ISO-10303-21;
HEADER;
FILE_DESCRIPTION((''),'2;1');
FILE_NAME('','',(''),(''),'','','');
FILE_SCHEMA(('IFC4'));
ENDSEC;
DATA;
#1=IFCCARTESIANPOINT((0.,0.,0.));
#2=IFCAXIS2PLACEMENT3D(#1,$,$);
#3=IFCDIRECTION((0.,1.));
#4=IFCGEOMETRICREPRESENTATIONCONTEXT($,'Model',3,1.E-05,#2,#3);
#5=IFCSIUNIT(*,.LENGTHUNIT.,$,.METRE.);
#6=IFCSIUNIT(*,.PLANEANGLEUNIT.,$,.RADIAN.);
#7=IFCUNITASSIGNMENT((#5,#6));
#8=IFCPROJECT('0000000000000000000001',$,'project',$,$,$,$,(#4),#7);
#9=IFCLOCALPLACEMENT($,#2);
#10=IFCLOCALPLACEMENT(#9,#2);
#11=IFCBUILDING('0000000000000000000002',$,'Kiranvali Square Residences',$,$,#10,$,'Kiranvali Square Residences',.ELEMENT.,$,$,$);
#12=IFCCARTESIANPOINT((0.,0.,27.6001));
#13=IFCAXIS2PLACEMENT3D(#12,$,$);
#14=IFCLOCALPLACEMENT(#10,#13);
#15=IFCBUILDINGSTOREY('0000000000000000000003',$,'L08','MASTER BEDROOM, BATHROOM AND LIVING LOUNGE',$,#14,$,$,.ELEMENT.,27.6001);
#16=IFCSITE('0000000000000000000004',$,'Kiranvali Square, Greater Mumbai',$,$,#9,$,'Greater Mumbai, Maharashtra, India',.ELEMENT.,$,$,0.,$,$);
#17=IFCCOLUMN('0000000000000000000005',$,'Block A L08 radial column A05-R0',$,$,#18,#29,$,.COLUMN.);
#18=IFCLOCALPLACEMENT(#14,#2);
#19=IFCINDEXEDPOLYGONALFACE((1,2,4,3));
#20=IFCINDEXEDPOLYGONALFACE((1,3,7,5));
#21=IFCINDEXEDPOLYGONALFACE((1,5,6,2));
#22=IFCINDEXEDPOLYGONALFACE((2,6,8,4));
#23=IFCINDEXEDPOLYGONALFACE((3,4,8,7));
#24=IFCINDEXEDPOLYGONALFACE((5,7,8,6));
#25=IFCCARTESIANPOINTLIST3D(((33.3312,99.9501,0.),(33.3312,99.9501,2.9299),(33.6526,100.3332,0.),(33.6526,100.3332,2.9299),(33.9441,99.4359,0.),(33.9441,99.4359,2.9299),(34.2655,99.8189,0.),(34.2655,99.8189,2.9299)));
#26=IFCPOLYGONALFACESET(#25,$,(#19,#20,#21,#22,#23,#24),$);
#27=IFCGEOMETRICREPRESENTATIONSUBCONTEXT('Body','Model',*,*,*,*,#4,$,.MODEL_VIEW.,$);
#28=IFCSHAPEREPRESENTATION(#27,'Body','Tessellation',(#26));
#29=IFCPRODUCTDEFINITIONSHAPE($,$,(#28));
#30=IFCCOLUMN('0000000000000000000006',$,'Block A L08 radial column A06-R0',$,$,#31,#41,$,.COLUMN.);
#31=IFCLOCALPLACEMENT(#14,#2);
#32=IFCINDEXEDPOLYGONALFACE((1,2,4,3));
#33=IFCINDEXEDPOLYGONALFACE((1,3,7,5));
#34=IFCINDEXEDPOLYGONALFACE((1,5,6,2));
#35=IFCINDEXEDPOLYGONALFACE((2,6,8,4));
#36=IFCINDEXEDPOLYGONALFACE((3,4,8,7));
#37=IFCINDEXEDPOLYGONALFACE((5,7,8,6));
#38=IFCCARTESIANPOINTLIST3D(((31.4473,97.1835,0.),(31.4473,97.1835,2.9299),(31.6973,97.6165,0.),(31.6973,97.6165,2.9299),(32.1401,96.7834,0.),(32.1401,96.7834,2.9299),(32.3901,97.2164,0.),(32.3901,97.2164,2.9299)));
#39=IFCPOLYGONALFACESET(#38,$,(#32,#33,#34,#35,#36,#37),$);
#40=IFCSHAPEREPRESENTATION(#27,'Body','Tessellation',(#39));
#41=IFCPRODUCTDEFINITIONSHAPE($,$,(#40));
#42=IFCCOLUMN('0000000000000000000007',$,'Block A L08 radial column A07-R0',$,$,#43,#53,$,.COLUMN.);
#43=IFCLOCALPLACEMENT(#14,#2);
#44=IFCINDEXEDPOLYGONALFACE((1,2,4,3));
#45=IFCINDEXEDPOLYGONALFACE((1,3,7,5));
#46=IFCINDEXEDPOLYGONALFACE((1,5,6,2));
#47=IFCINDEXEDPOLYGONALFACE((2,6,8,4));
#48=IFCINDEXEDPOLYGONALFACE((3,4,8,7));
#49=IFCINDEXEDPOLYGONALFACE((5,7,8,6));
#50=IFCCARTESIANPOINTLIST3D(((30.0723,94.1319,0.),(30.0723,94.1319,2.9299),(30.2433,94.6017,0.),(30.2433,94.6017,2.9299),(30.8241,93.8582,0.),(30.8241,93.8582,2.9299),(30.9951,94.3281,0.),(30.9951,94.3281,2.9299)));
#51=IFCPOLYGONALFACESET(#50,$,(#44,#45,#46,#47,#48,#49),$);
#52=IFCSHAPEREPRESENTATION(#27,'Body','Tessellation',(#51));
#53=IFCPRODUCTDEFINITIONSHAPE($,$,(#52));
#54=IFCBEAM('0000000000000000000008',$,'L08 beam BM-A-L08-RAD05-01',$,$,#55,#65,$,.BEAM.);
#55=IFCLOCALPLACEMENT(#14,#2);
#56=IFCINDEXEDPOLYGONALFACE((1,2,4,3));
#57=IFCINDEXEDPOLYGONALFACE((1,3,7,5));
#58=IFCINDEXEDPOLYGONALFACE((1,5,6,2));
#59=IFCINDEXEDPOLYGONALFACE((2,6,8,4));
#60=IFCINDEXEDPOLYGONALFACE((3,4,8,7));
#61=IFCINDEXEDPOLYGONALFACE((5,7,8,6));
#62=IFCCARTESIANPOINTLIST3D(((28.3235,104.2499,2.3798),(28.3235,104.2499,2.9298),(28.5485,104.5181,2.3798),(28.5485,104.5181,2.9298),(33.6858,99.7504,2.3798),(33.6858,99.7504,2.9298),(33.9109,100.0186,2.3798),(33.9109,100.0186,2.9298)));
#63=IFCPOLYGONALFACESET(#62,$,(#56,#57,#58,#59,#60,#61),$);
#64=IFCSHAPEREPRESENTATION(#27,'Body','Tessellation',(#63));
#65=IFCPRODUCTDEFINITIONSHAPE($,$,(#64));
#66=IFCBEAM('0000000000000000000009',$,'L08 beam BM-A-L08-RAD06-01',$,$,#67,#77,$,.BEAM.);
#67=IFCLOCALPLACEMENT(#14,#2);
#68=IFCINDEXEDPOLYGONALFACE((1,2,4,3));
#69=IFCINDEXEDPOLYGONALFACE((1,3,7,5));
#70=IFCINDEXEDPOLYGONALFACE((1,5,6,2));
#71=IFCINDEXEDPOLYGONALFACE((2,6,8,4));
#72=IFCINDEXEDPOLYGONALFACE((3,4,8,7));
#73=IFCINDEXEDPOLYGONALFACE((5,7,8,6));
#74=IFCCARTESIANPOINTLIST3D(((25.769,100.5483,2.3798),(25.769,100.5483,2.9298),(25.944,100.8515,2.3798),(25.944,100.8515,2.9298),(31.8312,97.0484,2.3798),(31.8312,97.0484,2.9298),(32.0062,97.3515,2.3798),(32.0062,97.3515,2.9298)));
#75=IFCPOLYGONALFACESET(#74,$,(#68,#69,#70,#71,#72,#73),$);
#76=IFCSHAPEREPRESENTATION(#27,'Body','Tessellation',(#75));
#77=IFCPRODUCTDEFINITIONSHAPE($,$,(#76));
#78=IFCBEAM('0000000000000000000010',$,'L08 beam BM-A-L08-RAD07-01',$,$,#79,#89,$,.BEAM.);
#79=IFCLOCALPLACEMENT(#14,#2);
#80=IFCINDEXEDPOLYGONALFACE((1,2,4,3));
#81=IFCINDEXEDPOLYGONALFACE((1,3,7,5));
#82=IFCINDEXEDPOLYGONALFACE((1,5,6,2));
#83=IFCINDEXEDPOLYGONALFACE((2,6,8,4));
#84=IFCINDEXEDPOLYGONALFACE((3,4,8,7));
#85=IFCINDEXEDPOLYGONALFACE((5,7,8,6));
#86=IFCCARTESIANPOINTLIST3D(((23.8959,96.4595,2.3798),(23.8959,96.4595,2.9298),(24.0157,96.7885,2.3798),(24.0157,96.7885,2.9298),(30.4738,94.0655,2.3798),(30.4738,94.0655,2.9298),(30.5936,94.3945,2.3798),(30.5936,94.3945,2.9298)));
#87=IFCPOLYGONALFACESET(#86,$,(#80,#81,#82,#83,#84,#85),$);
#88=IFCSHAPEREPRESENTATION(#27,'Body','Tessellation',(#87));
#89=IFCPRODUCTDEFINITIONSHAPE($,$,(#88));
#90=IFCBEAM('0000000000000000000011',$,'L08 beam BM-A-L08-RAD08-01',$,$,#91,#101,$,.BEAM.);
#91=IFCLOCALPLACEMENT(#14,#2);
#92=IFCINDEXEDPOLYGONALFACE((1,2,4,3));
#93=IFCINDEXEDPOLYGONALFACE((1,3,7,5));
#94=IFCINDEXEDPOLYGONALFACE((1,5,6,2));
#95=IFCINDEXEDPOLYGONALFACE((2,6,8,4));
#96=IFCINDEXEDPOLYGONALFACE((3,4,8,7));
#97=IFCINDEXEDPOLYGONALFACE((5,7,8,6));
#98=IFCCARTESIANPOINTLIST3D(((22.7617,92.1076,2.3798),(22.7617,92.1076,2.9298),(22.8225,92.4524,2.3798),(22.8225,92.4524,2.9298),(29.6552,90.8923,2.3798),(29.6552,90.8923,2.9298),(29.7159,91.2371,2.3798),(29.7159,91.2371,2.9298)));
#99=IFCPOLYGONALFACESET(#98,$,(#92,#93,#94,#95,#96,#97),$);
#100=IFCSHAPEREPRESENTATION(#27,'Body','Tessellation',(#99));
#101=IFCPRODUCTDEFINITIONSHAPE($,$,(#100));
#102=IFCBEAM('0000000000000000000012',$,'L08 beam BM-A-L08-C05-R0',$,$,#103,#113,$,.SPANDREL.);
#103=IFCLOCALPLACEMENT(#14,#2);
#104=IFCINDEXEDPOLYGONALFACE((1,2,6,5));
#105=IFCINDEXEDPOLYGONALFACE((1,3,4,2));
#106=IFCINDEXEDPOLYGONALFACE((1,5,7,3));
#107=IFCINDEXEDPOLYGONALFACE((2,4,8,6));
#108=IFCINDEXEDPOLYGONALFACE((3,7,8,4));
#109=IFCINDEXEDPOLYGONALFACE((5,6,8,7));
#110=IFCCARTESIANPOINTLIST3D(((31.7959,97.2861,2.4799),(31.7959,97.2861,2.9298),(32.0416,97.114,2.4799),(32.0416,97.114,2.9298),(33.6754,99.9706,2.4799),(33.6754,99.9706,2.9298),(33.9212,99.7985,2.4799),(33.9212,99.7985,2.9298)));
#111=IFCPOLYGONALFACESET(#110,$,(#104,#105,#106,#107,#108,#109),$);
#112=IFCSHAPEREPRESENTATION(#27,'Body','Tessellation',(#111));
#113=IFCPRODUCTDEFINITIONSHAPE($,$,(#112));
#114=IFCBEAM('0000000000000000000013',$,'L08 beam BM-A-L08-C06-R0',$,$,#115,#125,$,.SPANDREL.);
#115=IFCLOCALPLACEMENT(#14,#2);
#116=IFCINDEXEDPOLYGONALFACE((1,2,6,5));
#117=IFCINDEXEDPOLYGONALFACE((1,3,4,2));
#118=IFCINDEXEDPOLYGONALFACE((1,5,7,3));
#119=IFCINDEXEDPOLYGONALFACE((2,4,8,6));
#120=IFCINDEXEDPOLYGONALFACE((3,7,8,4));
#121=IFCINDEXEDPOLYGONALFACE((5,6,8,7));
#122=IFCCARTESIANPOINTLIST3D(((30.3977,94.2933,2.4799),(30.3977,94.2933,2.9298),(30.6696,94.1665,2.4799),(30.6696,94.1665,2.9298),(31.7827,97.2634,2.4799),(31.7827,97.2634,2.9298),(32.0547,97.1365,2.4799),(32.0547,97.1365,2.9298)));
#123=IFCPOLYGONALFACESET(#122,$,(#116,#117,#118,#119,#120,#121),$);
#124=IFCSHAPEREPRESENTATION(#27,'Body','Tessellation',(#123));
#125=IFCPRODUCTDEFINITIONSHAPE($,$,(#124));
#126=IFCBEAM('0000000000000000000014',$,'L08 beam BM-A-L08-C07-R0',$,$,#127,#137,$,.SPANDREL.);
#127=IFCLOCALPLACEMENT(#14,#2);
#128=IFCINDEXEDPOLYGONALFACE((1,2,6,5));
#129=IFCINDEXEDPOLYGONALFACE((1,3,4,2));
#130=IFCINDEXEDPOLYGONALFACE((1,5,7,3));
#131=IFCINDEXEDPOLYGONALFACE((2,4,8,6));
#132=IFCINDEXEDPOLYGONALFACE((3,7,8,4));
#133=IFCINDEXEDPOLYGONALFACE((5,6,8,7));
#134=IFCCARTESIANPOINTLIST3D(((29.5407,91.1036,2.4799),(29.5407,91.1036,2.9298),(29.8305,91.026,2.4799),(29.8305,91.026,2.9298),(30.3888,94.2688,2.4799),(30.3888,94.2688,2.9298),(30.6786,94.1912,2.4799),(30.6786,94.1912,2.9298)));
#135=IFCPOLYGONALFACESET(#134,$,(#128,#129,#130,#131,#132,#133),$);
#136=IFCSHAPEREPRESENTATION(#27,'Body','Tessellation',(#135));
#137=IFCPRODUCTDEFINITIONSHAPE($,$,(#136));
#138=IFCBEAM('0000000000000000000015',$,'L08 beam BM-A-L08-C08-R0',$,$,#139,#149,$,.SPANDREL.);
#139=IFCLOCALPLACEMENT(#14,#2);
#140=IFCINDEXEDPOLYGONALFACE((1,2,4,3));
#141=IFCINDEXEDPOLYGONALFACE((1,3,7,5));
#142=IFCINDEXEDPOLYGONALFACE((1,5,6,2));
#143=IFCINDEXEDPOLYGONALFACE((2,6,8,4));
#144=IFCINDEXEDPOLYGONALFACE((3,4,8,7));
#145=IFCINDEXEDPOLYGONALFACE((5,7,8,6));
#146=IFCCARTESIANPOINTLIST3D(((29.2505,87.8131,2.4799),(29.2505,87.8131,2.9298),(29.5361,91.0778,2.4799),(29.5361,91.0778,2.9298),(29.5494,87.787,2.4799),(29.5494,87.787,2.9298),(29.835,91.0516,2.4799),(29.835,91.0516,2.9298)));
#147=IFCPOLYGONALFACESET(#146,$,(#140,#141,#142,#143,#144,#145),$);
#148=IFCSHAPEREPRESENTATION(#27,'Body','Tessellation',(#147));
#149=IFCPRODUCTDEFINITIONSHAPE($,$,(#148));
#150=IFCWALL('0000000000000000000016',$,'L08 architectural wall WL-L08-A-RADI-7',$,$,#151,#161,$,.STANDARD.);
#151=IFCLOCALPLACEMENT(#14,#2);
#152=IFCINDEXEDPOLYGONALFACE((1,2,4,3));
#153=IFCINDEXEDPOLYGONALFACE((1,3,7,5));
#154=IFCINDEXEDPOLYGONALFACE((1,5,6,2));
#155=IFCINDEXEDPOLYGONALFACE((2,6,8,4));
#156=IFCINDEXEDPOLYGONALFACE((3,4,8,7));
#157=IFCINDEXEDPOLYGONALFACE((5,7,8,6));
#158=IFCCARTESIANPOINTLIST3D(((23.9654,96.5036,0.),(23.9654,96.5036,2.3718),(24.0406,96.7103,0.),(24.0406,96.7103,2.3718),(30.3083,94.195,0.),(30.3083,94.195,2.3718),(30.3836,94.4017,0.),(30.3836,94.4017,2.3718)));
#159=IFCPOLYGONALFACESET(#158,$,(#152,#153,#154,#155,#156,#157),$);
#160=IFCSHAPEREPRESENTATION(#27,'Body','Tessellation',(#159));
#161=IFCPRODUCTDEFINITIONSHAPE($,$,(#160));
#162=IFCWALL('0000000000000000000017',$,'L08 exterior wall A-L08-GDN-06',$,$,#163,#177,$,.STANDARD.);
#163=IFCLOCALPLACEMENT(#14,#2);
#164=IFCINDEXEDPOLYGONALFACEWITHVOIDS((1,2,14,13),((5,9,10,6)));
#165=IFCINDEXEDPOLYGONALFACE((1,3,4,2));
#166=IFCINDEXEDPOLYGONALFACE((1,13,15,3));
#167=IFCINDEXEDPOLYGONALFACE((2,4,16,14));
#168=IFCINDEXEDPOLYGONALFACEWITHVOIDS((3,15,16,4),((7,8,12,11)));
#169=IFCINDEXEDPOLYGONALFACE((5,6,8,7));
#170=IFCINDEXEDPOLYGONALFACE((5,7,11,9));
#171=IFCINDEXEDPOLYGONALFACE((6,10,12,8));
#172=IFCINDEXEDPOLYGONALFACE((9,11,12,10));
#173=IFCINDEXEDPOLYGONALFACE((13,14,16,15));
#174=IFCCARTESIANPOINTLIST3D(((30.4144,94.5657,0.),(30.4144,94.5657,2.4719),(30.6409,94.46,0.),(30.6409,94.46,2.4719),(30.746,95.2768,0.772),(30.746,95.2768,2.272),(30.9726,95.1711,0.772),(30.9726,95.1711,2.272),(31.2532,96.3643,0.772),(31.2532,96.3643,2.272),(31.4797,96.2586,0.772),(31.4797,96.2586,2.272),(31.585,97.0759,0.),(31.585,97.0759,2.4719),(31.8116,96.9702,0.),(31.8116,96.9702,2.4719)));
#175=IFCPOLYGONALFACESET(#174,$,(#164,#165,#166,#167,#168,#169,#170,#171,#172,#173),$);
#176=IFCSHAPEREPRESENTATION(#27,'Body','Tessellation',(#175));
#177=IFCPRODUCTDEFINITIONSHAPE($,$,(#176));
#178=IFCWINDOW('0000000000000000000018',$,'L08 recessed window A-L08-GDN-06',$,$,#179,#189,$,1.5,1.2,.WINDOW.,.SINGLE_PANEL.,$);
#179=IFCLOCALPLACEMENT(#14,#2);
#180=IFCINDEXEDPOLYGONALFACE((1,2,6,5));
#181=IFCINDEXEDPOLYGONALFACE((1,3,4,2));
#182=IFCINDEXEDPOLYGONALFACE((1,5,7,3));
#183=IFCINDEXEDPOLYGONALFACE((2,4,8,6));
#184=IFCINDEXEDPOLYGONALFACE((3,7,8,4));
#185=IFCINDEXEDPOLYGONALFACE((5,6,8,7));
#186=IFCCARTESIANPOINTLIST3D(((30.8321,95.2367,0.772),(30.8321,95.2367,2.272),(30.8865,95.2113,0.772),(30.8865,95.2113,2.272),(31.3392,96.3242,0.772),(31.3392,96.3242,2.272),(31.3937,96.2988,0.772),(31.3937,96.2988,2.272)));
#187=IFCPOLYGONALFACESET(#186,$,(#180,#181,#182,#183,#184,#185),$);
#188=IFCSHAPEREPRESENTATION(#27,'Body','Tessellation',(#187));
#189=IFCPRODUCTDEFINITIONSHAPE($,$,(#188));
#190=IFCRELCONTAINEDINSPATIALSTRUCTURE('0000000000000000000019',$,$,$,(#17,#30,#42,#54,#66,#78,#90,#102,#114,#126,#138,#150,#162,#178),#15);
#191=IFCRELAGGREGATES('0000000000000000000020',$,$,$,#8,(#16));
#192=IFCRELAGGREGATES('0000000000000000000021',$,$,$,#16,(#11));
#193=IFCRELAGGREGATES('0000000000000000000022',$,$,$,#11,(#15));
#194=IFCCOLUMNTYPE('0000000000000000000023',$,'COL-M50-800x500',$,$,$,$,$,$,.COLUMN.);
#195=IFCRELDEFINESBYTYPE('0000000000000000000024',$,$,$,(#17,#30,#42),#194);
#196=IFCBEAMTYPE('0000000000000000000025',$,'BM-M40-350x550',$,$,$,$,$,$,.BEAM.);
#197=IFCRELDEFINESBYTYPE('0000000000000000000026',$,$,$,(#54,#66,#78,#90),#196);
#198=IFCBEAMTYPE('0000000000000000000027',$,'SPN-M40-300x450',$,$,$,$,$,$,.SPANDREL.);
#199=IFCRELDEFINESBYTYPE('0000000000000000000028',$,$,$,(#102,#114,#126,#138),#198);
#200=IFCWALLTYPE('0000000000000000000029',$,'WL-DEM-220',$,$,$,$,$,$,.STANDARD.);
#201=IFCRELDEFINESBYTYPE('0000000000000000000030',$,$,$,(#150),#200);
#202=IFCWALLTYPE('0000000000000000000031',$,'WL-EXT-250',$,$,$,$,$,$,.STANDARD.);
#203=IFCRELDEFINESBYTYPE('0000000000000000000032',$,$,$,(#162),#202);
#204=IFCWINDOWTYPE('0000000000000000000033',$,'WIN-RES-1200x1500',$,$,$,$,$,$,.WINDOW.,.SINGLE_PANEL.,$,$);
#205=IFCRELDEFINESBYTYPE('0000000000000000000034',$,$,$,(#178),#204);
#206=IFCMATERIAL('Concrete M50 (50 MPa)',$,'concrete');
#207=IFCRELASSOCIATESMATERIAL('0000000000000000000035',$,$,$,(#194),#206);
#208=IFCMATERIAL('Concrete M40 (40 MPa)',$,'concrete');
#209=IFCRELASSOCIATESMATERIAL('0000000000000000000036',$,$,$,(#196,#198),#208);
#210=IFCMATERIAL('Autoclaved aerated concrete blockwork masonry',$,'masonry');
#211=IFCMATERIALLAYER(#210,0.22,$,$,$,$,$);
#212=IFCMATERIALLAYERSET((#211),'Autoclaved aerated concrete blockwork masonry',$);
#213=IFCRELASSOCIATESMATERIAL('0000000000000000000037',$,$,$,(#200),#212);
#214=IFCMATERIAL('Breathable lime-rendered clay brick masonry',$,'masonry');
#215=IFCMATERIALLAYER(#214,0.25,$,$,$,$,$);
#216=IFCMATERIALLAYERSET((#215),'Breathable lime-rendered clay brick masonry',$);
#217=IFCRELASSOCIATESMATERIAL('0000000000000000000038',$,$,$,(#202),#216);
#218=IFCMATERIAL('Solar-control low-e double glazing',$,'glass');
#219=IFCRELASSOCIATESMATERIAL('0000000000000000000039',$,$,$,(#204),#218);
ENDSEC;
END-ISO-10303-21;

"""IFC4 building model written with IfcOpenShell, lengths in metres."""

from ifc_helpers import new_model, si_unit, direction, frame, frame_2d, origin, origin_2d, place, context, subcontext, project, spatial, rectangle, extrude, material, layer, layer_set, material_profile, profile_set, type_object, element, fill, save


model = new_model("IFC4")

# Units and contexts
model_context = context("Model", 3, precision=1e-05, world=origin(), true_north=direction((0.0, 1.0)))
body_context = subcontext(model_context, "Body", "Model", "MODEL_VIEW")
ifc_project = project(units=[si_unit("LENGTHUNIT", "METRE"), si_unit("PLANEANGLEUNIT", "RADIAN")], contexts=[model_context])

# Site, building, storey
site_placement = place(None, origin())
site = spatial("IfcSite", under=ifc_project, at=site_placement, Name="Kiranvali Square, Greater Mumbai", LongName="Greater Mumbai, Maharashtra, India", CompositionType="ELEMENT", RefElevation=0.0)
building_placement = place(site_placement, origin())
building = spatial("IfcBuilding", under=site, at=building_placement, Name="Kiranvali Square Residences", LongName="Kiranvali Square Residences", CompositionType="ELEMENT")
storey_placement = place(building_placement, frame((0.0, 0.0, 27.6001)))
storey = spatial("IfcBuildingStorey", under=building, at=storey_placement, Name="L08", Description="MASTER BEDROOM, BATHROOM AND LIVING LOUNGE", CompositionType="ELEMENT", Elevation=27.6001)

# Columns
ifc_material_1 = material(Name="Concrete M50 (50 MPa)", Category="concrete")
ifc_material_profile_1 = material_profile(ifc_material_1, rectangle(XDim=0.5, YDim=0.8, at=origin_2d()), Name="RC 800x500")
ifc_profile_set_1 = profile_set([ifc_material_profile_1], Name="Concrete M50 (50 MPa)")
column_type = type_object("IfcColumnType", Name="COL-M50-800x500", PredefinedType="COLUMN", material=ifc_profile_set_1)
for number, where, z_axis, x_axis, name in (
    (1, (33.7983, 99.8845, 0.0), (0.0, 0.0, 1.0), (0.642788, 0.766044, 0.0), "Block A L08 radial column A05-R0"),
    (2, (31.9187, 97.2, 0.0), (0.0, 0.0, 1.0), (0.5, 0.866025, 0.0), "Block A L08 radial column A06-R0"),
    (3, (30.5337, 94.23, 0.0), (0.0, 0.0, 1.0), (0.34202, 0.939693, 0.0), "Block A L08 radial column A07-R0"),
):
    element("IfcColumn", number, at=place(storey_placement, frame(where, z_axis=z_axis, x_axis=x_axis)), inside=storey, type_object=column_type, Name=name, PredefinedType="COLUMN", context=body_context, shape_type="SweptSolid", body=[
        extrude(rectangle(XDim=0.5, YDim=0.8, at=origin_2d()), origin(), (0.0, 0.0, 1.0), 2.9299),
    ])

# Beams
ifc_material_2 = material(Name="Concrete M40 (40 MPa)", Category="concrete")
ifc_material_profile_2 = material_profile(ifc_material_2, rectangle(XDim=0.3501, YDim=0.55, at=origin_2d()), Name="RC 350x550")
ifc_profile_set_2 = profile_set([ifc_material_profile_2], Name="Concrete M40 (40 MPa)")
beam_type_1 = type_object("IfcBeamType", Name="BM-M40-350x550", PredefinedType="BEAM", material=ifc_profile_set_2)
for number, where, z_axis, x_axis, name in (
    (4, (33.7983, 99.8845, 2.6548), (-0.766044, 0.642788, 0.0), (-0.642788, -0.766044, 0.0), "L08 beam BM-A-L08-RAD05-01"),
    (5, (31.9187, 97.2, 2.6548), (-0.866028, 0.499995, 0.0), (-0.499995, -0.866028, 0.0), "L08 beam BM-A-L08-RAD06-01"),
    (6, (30.5337, 94.23, 2.6548), (-0.939698, 0.342006, 0.0), (-0.342006, -0.939698, 0.0), "L08 beam BM-A-L08-RAD07-01"),
):
    element("IfcBeam", number, at=place(storey_placement, frame(where, z_axis=z_axis, x_axis=x_axis)), inside=storey, type_object=beam_type_1, Name=name, PredefinedType="BEAM", context=body_context, shape_type="SweptSolid", body=[
        extrude(rectangle(XDim=0.3501, YDim=0.55, at=origin_2d()), origin(), (0.0, 0.0, 1.0), 7.0),
    ])
beam_1_placement = place(storey_placement, frame((29.6855, 91.0647, 2.6548), z_axis=(-0.984812, 0.173622, 0.0), x_axis=(-0.173622, -0.984812, 0.0)))
element("IfcBeam", 7, at=beam_1_placement, inside=storey, type_object=beam_type_1, Name="L08 beam BM-A-L08-RAD08-01", PredefinedType="BEAM", context=body_context, shape_type="SweptSolid", body=[
    extrude(rectangle(XDim=0.3501, YDim=0.55, at=origin_2d()), origin(), (0.0, 0.0, 1.0), 6.9998),
])
ifc_material_profile_3 = material_profile(ifc_material_2, rectangle(XDim=0.3, YDim=0.45, at=origin_2d()), Name="RC 300x450")
ifc_profile_set_3 = profile_set([ifc_material_profile_3], Name="Concrete M40 (40 MPa)")
beam_type_2 = type_object("IfcBeamType", Name="SPN-M40-300x450", PredefinedType="SPANDREL", material=ifc_profile_set_3)
for number, where, z_axis, x_axis, name in (
    (8, (33.7983, 99.8845, 2.7048), (-0.573552, -0.819169, 0.0), (0.819169, -0.573552, 0.0), "L08 beam BM-A-L08-C05-R0"),
    (9, (31.9187, 97.2, 2.7048), (-0.422641, -0.906297, 0.0), (0.906297, -0.422641, 0.0), "L08 beam BM-A-L08-C06-R0"),
):
    element("IfcBeam", number, at=place(storey_placement, frame(where, z_axis=z_axis, x_axis=x_axis)), inside=storey, type_object=beam_type_2, Name=name, PredefinedType="SPANDREL", context=body_context, shape_type="SweptSolid", body=[
        extrude(rectangle(XDim=0.3, YDim=0.45, at=origin_2d()), origin(), (0.0, 0.0, 1.0), 3.2771),
    ])
beam_2_placement = place(storey_placement, frame((30.5337, 94.23, 2.7048), z_axis=(-0.258822, -0.965925, 0.0), x_axis=(0.965925, -0.258822, 0.0)))
element("IfcBeam", 10, at=beam_2_placement, inside=storey, type_object=beam_type_2, Name="L08 beam BM-A-L08-C07-R0", PredefinedType="SPANDREL", context=body_context, shape_type="SweptSolid", body=[
    extrude(rectangle(XDim=0.3, YDim=0.45, at=origin_2d()), origin(), (0.0, 0.0, 1.0), 3.2769),
])
beam_3_placement = place(storey_placement, frame((29.6855, 91.0647, 2.7048), z_axis=(-0.087163, -0.996194, 0.0), x_axis=(0.996194, -0.087163, 0.0)))
element("IfcBeam", 11, at=beam_3_placement, inside=storey, type_object=beam_type_2, Name="L08 beam BM-A-L08-C08-R0", PredefinedType="SPANDREL", context=body_context, shape_type="SweptSolid", body=[
    extrude(rectangle(XDim=0.3, YDim=0.45, at=origin_2d()), origin(), (0.0, 0.0, 1.0), 3.2771),
])

# Shared definitions
ifc_material_3 = material(Name="Autoclaved aerated concrete blockwork masonry", Category="masonry")

# Wall
ifc_layer_1 = layer(ifc_material_3, 0.22)
ifc_layer_set_1 = layer_set([ifc_layer_1], Name="Autoclaved aerated concrete blockwork masonry")
wall_type_1 = type_object("IfcWallType", Name="WL-DEM-220", PredefinedType="STANDARD", material=ifc_layer_set_1)
wall_1_placement = place(storey_placement, frame((30.3459, 94.2983, 0.0), z_axis=(0.0, 0.0, 1.0), x_axis=(-0.939696, 0.34201, 0.0)))
element("IfcWall", 12, at=wall_1_placement, inside=storey, type_object=wall_type_1, Name="L08 architectural wall WL-L08-A-RADI-7", PredefinedType="STANDARD", context=body_context, shape_type="SweptSolid", body=[
    extrude(rectangle(XDim=6.75, YDim=0.22, at=frame_2d((3.375, 0.0))), origin(), (0.0, 0.0, 1.0), 2.3718),
])

# Shared definitions
ifc_material_4 = material(Name="Breathable lime-rendered clay brick masonry", Category="masonry")
ifc_layer_2 = layer(ifc_material_4, 0.25)
ifc_layer_set_2 = layer_set([ifc_layer_2], Name="Breathable lime-rendered clay brick masonry")
wall_type_2 = type_object("IfcWallType", Name="WL-EXT-250", PredefinedType="STANDARD", material=ifc_layer_set_2)

# Wall, opening, window
wall_2_placement = place(storey_placement, frame((31.6982, 97.0229, 0.0), z_axis=(0.0, 0.0, 1.0), x_axis=(-0.422649, -0.906293, 0.0)))
wall_2 = element("IfcWall", 13, at=wall_2_placement, inside=storey, type_object=wall_type_2, Name="L08 exterior wall A-L08-GDN-06", PredefinedType="STANDARD", context=body_context, shape_type="SweptSolid", body=[
    extrude(rectangle(XDim=2.7698, YDim=0.25, at=frame_2d((1.3848, 0.0))), origin(), (0.0, 0.0, 1.0), 2.4719),
])
opening_1_placement = place(wall_2_placement, frame((0.7849, 0.0, 0.772)))
opening_1 = element("IfcOpeningElement", 14, at=opening_1_placement, cuts=wall_2, PredefinedType="OPENING", context=body_context, shape_type="SweptSolid", body=[
    extrude(rectangle(XDim=1.2, YDim=1.5, at=frame_2d((0.6001, 0.75))), frame((0.0, 0.135, 0.0), z_axis=(0.0, -1.0, 0.0), x_axis=(1.0, 0.0, 0.0)), (0.0, 0.0, 1.0), 0.27),
])
ifc_material_5 = material(Name="Solar-control low-e double glazing", Category="glass")
window_type_1 = type_object("IfcWindowType", Name="WIN-RES-1200x1500", PartitioningType="SINGLE_PANEL", PredefinedType="WINDOW", material=ifc_material_5)
window_1_placement = place(opening_1_placement, origin())
window_1 = element("IfcWindow", 15, at=window_1_placement, inside=storey, type_object=window_type_1, Name="L08 recessed window A-L08-GDN-06", OverallHeight=1.5, OverallWidth=1.2, PartitioningType="SINGLE_PANEL", PredefinedType="WINDOW", context=body_context, shape_type="SweptSolid", body=[
    extrude(rectangle(XDim=1.2, YDim=1.5, at=frame_2d((0.6001, 0.75))), frame((0.0, 0.03, 0.0), z_axis=(0.0, -1.0, 0.0), x_axis=(1.0, 0.0, 0.0)), (0.0, 0.0, 1.0), 0.0601),
])
fill(opening_1, window_1)

save(model, "model.ifc")
